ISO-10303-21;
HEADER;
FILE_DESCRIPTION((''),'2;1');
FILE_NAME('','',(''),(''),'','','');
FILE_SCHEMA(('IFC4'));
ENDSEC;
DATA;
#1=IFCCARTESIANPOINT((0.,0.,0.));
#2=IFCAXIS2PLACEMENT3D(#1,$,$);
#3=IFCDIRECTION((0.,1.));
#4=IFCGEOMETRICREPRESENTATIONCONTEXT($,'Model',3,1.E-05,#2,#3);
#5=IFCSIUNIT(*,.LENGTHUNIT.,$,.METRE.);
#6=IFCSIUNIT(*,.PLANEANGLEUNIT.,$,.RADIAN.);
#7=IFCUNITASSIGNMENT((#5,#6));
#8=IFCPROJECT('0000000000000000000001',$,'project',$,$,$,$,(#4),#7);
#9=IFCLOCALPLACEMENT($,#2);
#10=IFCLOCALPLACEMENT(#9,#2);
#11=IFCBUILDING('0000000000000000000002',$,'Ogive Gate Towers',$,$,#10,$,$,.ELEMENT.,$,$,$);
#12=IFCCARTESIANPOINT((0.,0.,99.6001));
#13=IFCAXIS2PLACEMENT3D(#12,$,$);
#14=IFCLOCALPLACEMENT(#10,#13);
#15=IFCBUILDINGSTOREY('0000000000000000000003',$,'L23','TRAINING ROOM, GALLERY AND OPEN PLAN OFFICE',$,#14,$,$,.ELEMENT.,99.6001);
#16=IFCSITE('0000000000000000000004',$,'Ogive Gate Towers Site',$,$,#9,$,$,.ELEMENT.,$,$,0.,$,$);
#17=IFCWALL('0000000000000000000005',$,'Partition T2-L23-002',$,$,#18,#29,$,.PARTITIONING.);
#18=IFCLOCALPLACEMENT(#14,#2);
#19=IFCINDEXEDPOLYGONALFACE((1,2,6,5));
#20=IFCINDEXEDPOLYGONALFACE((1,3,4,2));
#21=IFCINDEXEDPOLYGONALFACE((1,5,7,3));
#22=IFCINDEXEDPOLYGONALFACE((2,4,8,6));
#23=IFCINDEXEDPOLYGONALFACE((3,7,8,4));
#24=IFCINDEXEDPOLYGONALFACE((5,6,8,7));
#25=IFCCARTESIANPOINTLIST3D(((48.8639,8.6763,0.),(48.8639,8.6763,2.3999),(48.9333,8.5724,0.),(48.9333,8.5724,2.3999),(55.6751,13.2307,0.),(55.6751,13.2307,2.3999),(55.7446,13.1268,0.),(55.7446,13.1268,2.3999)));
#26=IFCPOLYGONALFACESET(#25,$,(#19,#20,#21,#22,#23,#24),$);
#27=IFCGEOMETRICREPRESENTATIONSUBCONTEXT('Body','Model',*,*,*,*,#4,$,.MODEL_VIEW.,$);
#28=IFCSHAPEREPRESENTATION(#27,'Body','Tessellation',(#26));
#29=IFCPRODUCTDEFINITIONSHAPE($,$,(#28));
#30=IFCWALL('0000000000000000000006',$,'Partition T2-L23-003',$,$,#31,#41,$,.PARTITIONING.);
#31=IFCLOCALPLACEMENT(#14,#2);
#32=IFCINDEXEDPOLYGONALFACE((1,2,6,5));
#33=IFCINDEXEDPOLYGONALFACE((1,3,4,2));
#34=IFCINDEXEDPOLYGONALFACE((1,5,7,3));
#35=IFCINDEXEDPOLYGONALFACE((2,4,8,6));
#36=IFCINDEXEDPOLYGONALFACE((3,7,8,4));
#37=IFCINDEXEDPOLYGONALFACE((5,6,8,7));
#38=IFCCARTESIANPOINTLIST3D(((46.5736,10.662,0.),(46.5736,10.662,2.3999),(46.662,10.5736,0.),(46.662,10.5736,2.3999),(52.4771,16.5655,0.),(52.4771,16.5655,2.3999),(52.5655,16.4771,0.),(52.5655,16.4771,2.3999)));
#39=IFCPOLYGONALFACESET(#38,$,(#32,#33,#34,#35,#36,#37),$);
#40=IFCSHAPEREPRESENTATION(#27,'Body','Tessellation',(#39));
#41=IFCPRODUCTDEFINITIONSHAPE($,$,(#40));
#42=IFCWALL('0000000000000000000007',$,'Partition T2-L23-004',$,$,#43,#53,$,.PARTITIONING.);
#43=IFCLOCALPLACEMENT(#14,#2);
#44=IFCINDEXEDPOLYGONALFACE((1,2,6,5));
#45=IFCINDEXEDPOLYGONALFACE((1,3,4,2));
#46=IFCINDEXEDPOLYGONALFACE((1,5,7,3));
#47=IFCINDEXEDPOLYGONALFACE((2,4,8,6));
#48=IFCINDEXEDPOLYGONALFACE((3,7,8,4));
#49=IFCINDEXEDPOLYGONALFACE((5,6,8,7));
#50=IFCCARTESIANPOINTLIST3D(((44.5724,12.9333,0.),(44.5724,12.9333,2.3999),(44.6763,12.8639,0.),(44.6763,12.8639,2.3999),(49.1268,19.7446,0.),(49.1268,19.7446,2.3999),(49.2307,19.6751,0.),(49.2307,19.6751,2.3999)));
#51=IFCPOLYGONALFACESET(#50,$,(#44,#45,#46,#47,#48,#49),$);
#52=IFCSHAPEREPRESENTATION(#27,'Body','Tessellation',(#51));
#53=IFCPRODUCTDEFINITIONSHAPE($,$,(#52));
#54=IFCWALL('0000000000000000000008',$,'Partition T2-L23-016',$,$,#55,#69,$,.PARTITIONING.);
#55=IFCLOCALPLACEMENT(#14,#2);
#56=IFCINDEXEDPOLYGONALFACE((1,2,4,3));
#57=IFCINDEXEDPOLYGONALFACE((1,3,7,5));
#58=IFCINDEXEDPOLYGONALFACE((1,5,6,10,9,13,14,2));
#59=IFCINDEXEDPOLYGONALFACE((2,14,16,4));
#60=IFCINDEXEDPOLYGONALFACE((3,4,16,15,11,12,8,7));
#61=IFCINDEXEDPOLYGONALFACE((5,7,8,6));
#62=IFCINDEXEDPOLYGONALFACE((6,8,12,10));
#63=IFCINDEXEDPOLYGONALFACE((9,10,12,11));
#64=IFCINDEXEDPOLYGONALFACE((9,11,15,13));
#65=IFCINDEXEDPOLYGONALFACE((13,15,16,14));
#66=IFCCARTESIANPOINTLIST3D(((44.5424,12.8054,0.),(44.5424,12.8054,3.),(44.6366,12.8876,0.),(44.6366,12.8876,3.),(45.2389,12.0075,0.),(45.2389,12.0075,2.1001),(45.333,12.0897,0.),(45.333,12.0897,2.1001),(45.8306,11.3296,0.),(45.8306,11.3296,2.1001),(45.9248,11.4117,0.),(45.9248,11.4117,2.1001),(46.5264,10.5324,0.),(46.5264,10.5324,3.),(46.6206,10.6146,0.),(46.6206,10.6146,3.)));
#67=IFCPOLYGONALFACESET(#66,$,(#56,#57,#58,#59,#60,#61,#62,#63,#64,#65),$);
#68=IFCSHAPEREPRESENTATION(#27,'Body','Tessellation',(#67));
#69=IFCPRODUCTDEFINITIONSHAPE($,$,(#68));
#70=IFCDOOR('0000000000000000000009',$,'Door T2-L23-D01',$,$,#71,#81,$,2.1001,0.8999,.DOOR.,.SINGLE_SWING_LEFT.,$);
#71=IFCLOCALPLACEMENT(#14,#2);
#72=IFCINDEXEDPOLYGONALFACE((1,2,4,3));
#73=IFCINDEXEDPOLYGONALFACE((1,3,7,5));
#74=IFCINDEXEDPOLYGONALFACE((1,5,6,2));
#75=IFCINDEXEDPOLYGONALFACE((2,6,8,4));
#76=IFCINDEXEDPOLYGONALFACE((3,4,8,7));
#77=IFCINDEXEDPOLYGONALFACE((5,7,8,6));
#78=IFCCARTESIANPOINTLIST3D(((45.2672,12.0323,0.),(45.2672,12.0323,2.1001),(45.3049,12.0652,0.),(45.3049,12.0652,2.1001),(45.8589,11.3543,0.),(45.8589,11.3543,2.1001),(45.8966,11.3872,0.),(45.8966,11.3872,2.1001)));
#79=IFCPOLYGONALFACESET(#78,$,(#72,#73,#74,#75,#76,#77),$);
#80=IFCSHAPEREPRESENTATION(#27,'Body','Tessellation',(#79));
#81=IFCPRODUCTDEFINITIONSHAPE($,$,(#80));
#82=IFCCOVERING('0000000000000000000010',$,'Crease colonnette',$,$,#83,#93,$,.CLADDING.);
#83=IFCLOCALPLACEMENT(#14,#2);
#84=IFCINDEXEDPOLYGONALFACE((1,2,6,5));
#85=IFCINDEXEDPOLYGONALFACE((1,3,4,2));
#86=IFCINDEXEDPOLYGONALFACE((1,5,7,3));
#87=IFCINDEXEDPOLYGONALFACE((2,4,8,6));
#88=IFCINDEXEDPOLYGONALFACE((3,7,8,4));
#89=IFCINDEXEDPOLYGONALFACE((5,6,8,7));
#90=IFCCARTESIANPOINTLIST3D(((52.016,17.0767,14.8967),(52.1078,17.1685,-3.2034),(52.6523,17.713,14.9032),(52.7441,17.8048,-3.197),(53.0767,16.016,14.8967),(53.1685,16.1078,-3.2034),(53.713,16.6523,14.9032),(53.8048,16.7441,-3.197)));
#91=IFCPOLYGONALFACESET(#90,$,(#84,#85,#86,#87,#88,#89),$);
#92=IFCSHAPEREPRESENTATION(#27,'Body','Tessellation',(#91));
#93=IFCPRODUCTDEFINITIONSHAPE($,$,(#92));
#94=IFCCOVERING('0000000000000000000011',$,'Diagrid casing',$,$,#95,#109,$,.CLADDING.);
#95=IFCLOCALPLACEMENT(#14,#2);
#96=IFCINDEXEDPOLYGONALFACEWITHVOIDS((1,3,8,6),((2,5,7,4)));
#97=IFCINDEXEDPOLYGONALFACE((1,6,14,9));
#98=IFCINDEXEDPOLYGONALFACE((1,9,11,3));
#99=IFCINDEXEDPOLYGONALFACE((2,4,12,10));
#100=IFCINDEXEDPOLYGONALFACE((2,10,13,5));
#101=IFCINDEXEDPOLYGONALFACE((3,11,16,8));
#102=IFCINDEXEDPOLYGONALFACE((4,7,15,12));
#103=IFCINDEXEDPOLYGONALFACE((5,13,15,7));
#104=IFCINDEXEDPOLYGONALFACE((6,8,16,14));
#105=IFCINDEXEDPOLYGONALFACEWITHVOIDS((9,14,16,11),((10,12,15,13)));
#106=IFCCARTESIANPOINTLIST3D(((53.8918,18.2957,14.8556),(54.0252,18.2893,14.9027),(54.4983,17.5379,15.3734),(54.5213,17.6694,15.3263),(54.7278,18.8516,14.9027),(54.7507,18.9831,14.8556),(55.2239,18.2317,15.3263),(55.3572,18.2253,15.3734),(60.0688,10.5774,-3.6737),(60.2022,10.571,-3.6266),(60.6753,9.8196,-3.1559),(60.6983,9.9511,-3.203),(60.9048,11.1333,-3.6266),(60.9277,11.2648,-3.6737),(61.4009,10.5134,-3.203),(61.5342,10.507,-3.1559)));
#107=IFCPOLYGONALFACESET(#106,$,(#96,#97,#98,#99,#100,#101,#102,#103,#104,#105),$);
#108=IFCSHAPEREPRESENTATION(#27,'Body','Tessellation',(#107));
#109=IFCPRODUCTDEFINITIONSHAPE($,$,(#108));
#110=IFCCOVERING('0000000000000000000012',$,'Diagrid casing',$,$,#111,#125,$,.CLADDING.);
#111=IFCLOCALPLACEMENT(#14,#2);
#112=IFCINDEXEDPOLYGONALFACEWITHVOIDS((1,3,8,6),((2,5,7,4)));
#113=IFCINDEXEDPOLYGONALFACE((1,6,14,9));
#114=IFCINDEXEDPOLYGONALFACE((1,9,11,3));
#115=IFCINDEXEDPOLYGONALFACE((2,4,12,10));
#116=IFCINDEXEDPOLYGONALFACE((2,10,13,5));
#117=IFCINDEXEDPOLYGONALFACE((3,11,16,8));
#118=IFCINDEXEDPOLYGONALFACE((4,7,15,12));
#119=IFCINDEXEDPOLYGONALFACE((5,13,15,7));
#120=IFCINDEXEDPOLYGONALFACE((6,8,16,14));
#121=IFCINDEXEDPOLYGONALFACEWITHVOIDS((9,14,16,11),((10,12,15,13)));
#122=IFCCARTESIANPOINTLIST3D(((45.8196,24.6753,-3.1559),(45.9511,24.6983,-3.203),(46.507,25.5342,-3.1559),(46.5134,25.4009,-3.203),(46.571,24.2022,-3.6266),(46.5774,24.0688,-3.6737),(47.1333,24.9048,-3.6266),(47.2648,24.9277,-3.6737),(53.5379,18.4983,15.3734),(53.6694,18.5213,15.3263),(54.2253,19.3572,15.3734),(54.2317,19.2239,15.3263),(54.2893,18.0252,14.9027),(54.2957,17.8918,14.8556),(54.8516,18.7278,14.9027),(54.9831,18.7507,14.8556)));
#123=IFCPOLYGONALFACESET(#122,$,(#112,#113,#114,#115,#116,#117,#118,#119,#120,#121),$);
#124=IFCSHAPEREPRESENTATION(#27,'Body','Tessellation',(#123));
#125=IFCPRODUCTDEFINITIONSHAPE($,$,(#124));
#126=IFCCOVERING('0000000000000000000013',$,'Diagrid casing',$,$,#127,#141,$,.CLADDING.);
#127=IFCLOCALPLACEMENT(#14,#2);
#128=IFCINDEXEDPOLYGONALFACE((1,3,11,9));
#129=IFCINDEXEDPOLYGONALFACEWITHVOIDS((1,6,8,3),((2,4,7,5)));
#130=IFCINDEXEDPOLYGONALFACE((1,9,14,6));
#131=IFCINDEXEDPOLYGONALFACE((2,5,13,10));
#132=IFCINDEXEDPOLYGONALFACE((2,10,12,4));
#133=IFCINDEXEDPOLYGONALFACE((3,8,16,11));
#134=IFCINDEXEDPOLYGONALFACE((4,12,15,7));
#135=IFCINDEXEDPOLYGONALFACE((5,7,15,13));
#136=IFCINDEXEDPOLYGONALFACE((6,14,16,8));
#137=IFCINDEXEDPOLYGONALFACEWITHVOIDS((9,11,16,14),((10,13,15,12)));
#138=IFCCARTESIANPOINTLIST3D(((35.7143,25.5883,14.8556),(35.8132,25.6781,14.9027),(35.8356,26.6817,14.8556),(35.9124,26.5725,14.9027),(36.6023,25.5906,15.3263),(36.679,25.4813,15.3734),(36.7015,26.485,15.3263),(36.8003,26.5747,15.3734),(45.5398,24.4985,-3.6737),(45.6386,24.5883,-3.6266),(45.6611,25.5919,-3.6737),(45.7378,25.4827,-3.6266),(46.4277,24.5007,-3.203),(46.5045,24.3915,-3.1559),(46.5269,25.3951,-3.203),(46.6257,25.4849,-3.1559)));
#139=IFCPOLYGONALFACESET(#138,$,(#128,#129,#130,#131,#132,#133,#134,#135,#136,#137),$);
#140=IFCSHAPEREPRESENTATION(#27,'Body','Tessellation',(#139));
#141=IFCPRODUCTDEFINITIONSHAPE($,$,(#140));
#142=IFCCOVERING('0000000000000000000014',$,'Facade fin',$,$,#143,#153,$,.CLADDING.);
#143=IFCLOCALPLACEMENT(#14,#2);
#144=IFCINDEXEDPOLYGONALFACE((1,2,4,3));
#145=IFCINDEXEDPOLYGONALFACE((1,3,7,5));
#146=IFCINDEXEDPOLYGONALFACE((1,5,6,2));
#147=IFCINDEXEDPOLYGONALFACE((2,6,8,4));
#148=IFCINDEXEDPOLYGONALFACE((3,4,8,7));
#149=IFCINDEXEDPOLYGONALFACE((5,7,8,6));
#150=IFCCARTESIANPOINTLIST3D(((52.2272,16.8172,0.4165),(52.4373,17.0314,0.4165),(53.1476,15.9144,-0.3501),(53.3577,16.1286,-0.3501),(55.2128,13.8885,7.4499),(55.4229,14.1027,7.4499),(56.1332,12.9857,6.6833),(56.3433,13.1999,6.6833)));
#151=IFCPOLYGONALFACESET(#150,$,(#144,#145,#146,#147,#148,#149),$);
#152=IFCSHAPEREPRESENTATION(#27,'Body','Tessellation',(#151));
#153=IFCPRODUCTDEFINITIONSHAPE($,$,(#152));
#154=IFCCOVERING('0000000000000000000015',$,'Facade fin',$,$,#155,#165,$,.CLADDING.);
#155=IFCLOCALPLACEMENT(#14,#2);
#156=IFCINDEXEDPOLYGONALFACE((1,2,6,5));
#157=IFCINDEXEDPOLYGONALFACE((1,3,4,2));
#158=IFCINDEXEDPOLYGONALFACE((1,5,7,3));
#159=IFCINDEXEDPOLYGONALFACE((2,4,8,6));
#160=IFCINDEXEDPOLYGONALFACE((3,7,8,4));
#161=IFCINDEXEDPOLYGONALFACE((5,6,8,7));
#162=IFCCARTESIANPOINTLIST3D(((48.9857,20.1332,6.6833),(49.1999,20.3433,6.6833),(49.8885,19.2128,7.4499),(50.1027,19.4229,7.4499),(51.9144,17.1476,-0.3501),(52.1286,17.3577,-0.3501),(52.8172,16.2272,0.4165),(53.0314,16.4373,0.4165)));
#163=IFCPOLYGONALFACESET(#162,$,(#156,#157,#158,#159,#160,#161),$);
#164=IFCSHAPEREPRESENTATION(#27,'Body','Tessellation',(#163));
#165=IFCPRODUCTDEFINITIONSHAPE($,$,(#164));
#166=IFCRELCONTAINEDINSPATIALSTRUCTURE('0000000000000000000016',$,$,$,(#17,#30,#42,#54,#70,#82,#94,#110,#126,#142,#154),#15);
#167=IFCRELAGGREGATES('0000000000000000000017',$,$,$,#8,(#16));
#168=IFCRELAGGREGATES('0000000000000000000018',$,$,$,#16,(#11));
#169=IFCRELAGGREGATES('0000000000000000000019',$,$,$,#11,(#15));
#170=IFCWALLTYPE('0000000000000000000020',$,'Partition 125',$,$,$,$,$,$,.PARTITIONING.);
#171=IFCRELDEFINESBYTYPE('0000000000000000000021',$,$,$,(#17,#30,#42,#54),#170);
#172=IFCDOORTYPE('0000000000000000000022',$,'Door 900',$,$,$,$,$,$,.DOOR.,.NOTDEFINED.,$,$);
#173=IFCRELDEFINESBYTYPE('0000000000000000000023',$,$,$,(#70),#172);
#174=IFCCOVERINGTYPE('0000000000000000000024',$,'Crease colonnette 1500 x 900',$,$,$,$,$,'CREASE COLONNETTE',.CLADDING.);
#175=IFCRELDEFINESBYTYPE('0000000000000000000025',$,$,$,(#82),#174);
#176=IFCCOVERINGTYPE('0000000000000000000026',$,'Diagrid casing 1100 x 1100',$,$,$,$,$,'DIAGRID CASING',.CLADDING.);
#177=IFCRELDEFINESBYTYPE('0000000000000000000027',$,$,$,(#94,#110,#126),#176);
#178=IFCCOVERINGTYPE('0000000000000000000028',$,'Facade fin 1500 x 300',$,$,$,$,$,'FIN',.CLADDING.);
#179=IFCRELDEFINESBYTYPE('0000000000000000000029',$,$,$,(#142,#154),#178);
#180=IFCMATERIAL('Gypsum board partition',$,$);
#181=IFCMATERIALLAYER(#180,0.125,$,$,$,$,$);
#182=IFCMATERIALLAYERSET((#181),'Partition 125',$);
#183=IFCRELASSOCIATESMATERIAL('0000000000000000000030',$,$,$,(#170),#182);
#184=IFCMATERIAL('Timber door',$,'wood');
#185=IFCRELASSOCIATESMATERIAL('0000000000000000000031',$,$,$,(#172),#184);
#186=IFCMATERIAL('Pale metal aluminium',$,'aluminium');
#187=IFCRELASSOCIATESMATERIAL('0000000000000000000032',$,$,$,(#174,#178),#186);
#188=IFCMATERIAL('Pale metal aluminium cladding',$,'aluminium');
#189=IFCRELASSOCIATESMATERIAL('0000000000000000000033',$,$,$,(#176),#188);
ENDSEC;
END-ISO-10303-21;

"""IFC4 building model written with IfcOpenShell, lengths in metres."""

from ifc_helpers import new_model, si_unit, direction, frame, frame_2d, origin, origin_2d, place, context, subcontext, project, spatial, rectangle, hollow_rectangle, extrude, material, layer, layer_set, material_profile, profile_set, type_object, element, fill, save


model = new_model("IFC4")

# Units and contexts
model_context = context("Model", 3, precision=1e-05, world=origin(), true_north=direction((0.0, 1.0)))
body_context = subcontext(model_context, "Body", "Model", "MODEL_VIEW")
ifc_project = project(units=[si_unit("LENGTHUNIT", "METRE"), si_unit("PLANEANGLEUNIT", "RADIAN")], contexts=[model_context])

# Site, building, storey
site_placement = place(None, origin())
site = spatial("IfcSite", under=ifc_project, at=site_placement, Name="Ogive Gate Towers Site", CompositionType="ELEMENT", RefElevation=0.0)
building_placement = place(site_placement, origin())
building = spatial("IfcBuilding", under=site, at=building_placement, Name="Ogive Gate Towers", CompositionType="ELEMENT")
storey_placement = place(building_placement, frame((0.0, 0.0, 99.6001)))
storey = spatial("IfcBuildingStorey", under=building, at=storey_placement, Name="L23", Description="TRAINING ROOM, GALLERY AND OPEN PLAN OFFICE", CompositionType="ELEMENT", Elevation=99.6001)

# Shared definitions
ifc_material_1 = material(Name="Pale metal aluminium", Category="aluminium")

# Walls
ifc_material_2 = material(Name="Gypsum board partition")
ifc_layer_1 = layer(ifc_material_2, 0.125)
ifc_layer_set_1 = layer_set([ifc_layer_1], Name="Partition 125")
wall_type = type_object("IfcWallType", Name="Partition 125", PredefinedType="PARTITIONING", material=ifc_layer_set_1)
wall_1_placement = place(storey_placement, frame((55.7097, 13.1787, 0.0), z_axis=(0.0, 0.0, 1.0), x_axis=(-0.831284, -0.555848, 0.0)))
element("IfcWall", 1, at=wall_1_placement, inside=storey, type_object=wall_type, Name="Partition T2-L23-002", PredefinedType="PARTITIONING", context=body_context, shape_type="SweptSolid", body=[
    extrude(rectangle(XDim=8.1936, YDim=0.125, at=frame_2d((4.0967, 0.0))), origin(), (0.0, 0.0, 1.0), 2.3999),
])
wall_2_placement = place(storey_placement, frame((52.5212, 16.5212, 0.0), z_axis=(0.0, 0.0, 1.0), x_axis=(-0.707107, -0.707107, 0.0)))
element("IfcWall", 2, at=wall_2_placement, inside=storey, type_object=wall_type, Name="Partition T2-L23-003", PredefinedType="PARTITIONING", context=body_context, shape_type="SweptSolid", body=[
    extrude(rectangle(XDim=8.3489, YDim=0.125, at=frame_2d((4.1743, 0.0))), origin(), (0.0, 0.0, 1.0), 2.3999),
])
wall_3_placement = place(storey_placement, frame((49.1787, 19.7097, 0.0), z_axis=(0.0, 0.0, 1.0), x_axis=(-0.555848, -0.831284, 0.0)))
element("IfcWall", 3, at=wall_3_placement, inside=storey, type_object=wall_type, Name="Partition T2-L23-004", PredefinedType="PARTITIONING", context=body_context, shape_type="SweptSolid", body=[
    extrude(rectangle(XDim=8.1936, YDim=0.125, at=frame_2d((4.0967, 0.0))), origin(), (0.0, 0.0, 1.0), 2.3999),
])

# Wall, opening, door
wall_4_placement = place(storey_placement, frame((46.5735, 10.5735, 0.0), z_axis=(0.0, 0.0, 1.0), x_axis=(-0.657576, 0.753388, 0.0)))
wall_4 = element("IfcWall", 4, at=wall_4_placement, inside=storey, type_object=wall_type, Name="Partition T2-L23-016", PredefinedType="PARTITIONING", context=body_context, shape_type="SweptSolid", body=[
    extrude(rectangle(XDim=3.0171, YDim=0.125, at=frame_2d((1.5085, 0.0))), origin(), (0.0, 0.0, 1.0), 3.0),
])
opening_placement = place(wall_4_placement, frame((1.0581, 0.0, 0.0)))
opening = element("IfcOpeningElement", 5, at=opening_placement, cuts=wall_4, PredefinedType="OPENING", context=body_context, shape_type="SweptSolid", body=[
    extrude(rectangle(XDim=0.8999, YDim=2.1001, at=frame_2d((0.45, 1.05))), frame((0.0, 0.0725, 0.0), z_axis=(0.0, -1.0, 0.0), x_axis=(1.0, 0.0, 0.0)), (0.0, 0.0, 1.0), 0.145),
])
ifc_material_3 = material(Name="Timber door", Category="wood")
door_type = type_object("IfcDoorType", Name="Door 900", OperationType="NOTDEFINED", PredefinedType="DOOR", material=ifc_material_3)
door_placement = place(opening_placement, origin())
door = element("IfcDoor", 6, at=door_placement, inside=storey, type_object=door_type, Name="Door T2-L23-D01", OperationType="SINGLE_SWING_LEFT", OverallHeight=2.1001, OverallWidth=0.8999, PredefinedType="DOOR", context=body_context, shape_type="SweptSolid", body=[
    extrude(rectangle(XDim=0.8999, YDim=2.1001, at=frame_2d((0.45, 1.05))), frame((0.0, 0.0249, 0.0), z_axis=(0.0, -1.0, 0.0), x_axis=(1.0, 0.0, 0.0)), (0.0, 0.0, 1.0), 0.05),
])
fill(opening, door)

# Coverings
ifc_material_profile_1 = material_profile(ifc_material_1, rectangle(XDim=1.5, YDim=0.8999, at=origin_2d()), Name="1500 x 900 pale metal aluminium")
ifc_profile_set_1 = profile_set([ifc_material_profile_1], Name="Pale metal aluminium")
covering_type_1 = type_object("IfcCoveringType", Name="Crease colonnette 1500 x 900", ElementType="CREASE COLONNETTE", PredefinedType="CLADDING", material=ifc_profile_set_1)
covering_placement = place(storey_placement, frame((52.9563, 16.9563, -3.2002), z_axis=(-0.005071, -0.005071, 0.999974), x_axis=(0.707107, -0.707107, 0.0)))
element("IfcCovering", 7, at=covering_placement, inside=storey, type_object=covering_type_1, Name="Crease colonnette", PredefinedType="CLADDING", context=body_context, shape_type="SweptSolid", body=[
    extrude(rectangle(XDim=1.5, YDim=0.8999, at=origin_2d()), origin(), (0.0, 0.0, 1.0), 18.1006),
])
ifc_material_4 = material(Name="Pale metal aluminium cladding", Category="aluminium")
ifc_material_profile_2 = material_profile(ifc_material_4, hollow_rectangle(XDim=1.1001, YDim=1.1001, WallThickness=0.1001, at=origin_2d()), Name="1100 x 1100 pale metal casing")
ifc_profile_set_2 = profile_set([ifc_material_profile_2], Name="Pale metal aluminium cladding")
covering_type_2 = type_object("IfcCoveringType", Name="Diagrid casing 1100 x 1100", ElementType="DIAGRID CASING", PredefinedType="CLADDING", material=ifc_profile_set_2)
for number, where, z_axis, x_axis, name in (
    (8, (60.8015, 10.5422, -3.4148), (-0.294122, 0.367511, 0.882286), (-0.780751, -0.624843, 0.0), "Diagrid casing"),
    (9, (46.5422, 24.8015, -3.4148), (0.367511, -0.294122, 0.882286), (0.624843, 0.780751, 0.0), "Diagrid casing"),
    (10, (46.0828, 24.9917, -3.4148), (-0.467845, 0.051894, 0.882286), (-0.110244, -0.993904, 0.0), "Diagrid casing"),
):
    element("IfcCovering", number, at=place(storey_placement, frame(where, z_axis=z_axis, x_axis=x_axis)), inside=storey, type_object=covering_type_2, Name=name, PredefinedType="CLADDING", context=body_context, shape_type="SweptSolid", body=[
        extrude(hollow_rectangle(XDim=1.1001, YDim=1.1001, WallThickness=0.1001, at=origin_2d()), origin(), (0.0, 0.0, 1.0), 21.0015),
    ])
ifc_material_profile_3 = material_profile(ifc_material_1, rectangle(XDim=0.3, YDim=1.5, at=origin_2d()), Name="1500 x 300 pale metal aluminium")
ifc_profile_set_3 = profile_set([ifc_material_profile_3], Name="Pale metal aluminium")
covering_type_3 = type_object("IfcCoveringType", Name="Facade fin 1500 x 300", ElementType="FIN", PredefinedType="CLADDING", material=ifc_profile_set_3)
for number, where, z_axis, x_axis, name in (
    (11, (52.7925, 16.4729, 0.0332), (0.364856, -0.357904, 0.859526), (0.700273, 0.713875, 0.0), "Facade fin"),
    (12, (52.4729, 16.7925, 0.0332), (-0.357904, 0.364856, 0.859526), (-0.713875, -0.700273, 0.0), "Facade fin"),
):
    element("IfcCovering", number, at=place(storey_placement, frame(where, z_axis=z_axis, x_axis=x_axis)), inside=storey, type_object=covering_type_3, Name=name, PredefinedType="CLADDING", context=body_context, shape_type="SweptSolid", body=[
        extrude(rectangle(XDim=0.3, YDim=1.5, at=origin_2d()), origin(), (0.0, 0.0, 1.0), 8.1829),
    ])

save(model, "model.ifc")
